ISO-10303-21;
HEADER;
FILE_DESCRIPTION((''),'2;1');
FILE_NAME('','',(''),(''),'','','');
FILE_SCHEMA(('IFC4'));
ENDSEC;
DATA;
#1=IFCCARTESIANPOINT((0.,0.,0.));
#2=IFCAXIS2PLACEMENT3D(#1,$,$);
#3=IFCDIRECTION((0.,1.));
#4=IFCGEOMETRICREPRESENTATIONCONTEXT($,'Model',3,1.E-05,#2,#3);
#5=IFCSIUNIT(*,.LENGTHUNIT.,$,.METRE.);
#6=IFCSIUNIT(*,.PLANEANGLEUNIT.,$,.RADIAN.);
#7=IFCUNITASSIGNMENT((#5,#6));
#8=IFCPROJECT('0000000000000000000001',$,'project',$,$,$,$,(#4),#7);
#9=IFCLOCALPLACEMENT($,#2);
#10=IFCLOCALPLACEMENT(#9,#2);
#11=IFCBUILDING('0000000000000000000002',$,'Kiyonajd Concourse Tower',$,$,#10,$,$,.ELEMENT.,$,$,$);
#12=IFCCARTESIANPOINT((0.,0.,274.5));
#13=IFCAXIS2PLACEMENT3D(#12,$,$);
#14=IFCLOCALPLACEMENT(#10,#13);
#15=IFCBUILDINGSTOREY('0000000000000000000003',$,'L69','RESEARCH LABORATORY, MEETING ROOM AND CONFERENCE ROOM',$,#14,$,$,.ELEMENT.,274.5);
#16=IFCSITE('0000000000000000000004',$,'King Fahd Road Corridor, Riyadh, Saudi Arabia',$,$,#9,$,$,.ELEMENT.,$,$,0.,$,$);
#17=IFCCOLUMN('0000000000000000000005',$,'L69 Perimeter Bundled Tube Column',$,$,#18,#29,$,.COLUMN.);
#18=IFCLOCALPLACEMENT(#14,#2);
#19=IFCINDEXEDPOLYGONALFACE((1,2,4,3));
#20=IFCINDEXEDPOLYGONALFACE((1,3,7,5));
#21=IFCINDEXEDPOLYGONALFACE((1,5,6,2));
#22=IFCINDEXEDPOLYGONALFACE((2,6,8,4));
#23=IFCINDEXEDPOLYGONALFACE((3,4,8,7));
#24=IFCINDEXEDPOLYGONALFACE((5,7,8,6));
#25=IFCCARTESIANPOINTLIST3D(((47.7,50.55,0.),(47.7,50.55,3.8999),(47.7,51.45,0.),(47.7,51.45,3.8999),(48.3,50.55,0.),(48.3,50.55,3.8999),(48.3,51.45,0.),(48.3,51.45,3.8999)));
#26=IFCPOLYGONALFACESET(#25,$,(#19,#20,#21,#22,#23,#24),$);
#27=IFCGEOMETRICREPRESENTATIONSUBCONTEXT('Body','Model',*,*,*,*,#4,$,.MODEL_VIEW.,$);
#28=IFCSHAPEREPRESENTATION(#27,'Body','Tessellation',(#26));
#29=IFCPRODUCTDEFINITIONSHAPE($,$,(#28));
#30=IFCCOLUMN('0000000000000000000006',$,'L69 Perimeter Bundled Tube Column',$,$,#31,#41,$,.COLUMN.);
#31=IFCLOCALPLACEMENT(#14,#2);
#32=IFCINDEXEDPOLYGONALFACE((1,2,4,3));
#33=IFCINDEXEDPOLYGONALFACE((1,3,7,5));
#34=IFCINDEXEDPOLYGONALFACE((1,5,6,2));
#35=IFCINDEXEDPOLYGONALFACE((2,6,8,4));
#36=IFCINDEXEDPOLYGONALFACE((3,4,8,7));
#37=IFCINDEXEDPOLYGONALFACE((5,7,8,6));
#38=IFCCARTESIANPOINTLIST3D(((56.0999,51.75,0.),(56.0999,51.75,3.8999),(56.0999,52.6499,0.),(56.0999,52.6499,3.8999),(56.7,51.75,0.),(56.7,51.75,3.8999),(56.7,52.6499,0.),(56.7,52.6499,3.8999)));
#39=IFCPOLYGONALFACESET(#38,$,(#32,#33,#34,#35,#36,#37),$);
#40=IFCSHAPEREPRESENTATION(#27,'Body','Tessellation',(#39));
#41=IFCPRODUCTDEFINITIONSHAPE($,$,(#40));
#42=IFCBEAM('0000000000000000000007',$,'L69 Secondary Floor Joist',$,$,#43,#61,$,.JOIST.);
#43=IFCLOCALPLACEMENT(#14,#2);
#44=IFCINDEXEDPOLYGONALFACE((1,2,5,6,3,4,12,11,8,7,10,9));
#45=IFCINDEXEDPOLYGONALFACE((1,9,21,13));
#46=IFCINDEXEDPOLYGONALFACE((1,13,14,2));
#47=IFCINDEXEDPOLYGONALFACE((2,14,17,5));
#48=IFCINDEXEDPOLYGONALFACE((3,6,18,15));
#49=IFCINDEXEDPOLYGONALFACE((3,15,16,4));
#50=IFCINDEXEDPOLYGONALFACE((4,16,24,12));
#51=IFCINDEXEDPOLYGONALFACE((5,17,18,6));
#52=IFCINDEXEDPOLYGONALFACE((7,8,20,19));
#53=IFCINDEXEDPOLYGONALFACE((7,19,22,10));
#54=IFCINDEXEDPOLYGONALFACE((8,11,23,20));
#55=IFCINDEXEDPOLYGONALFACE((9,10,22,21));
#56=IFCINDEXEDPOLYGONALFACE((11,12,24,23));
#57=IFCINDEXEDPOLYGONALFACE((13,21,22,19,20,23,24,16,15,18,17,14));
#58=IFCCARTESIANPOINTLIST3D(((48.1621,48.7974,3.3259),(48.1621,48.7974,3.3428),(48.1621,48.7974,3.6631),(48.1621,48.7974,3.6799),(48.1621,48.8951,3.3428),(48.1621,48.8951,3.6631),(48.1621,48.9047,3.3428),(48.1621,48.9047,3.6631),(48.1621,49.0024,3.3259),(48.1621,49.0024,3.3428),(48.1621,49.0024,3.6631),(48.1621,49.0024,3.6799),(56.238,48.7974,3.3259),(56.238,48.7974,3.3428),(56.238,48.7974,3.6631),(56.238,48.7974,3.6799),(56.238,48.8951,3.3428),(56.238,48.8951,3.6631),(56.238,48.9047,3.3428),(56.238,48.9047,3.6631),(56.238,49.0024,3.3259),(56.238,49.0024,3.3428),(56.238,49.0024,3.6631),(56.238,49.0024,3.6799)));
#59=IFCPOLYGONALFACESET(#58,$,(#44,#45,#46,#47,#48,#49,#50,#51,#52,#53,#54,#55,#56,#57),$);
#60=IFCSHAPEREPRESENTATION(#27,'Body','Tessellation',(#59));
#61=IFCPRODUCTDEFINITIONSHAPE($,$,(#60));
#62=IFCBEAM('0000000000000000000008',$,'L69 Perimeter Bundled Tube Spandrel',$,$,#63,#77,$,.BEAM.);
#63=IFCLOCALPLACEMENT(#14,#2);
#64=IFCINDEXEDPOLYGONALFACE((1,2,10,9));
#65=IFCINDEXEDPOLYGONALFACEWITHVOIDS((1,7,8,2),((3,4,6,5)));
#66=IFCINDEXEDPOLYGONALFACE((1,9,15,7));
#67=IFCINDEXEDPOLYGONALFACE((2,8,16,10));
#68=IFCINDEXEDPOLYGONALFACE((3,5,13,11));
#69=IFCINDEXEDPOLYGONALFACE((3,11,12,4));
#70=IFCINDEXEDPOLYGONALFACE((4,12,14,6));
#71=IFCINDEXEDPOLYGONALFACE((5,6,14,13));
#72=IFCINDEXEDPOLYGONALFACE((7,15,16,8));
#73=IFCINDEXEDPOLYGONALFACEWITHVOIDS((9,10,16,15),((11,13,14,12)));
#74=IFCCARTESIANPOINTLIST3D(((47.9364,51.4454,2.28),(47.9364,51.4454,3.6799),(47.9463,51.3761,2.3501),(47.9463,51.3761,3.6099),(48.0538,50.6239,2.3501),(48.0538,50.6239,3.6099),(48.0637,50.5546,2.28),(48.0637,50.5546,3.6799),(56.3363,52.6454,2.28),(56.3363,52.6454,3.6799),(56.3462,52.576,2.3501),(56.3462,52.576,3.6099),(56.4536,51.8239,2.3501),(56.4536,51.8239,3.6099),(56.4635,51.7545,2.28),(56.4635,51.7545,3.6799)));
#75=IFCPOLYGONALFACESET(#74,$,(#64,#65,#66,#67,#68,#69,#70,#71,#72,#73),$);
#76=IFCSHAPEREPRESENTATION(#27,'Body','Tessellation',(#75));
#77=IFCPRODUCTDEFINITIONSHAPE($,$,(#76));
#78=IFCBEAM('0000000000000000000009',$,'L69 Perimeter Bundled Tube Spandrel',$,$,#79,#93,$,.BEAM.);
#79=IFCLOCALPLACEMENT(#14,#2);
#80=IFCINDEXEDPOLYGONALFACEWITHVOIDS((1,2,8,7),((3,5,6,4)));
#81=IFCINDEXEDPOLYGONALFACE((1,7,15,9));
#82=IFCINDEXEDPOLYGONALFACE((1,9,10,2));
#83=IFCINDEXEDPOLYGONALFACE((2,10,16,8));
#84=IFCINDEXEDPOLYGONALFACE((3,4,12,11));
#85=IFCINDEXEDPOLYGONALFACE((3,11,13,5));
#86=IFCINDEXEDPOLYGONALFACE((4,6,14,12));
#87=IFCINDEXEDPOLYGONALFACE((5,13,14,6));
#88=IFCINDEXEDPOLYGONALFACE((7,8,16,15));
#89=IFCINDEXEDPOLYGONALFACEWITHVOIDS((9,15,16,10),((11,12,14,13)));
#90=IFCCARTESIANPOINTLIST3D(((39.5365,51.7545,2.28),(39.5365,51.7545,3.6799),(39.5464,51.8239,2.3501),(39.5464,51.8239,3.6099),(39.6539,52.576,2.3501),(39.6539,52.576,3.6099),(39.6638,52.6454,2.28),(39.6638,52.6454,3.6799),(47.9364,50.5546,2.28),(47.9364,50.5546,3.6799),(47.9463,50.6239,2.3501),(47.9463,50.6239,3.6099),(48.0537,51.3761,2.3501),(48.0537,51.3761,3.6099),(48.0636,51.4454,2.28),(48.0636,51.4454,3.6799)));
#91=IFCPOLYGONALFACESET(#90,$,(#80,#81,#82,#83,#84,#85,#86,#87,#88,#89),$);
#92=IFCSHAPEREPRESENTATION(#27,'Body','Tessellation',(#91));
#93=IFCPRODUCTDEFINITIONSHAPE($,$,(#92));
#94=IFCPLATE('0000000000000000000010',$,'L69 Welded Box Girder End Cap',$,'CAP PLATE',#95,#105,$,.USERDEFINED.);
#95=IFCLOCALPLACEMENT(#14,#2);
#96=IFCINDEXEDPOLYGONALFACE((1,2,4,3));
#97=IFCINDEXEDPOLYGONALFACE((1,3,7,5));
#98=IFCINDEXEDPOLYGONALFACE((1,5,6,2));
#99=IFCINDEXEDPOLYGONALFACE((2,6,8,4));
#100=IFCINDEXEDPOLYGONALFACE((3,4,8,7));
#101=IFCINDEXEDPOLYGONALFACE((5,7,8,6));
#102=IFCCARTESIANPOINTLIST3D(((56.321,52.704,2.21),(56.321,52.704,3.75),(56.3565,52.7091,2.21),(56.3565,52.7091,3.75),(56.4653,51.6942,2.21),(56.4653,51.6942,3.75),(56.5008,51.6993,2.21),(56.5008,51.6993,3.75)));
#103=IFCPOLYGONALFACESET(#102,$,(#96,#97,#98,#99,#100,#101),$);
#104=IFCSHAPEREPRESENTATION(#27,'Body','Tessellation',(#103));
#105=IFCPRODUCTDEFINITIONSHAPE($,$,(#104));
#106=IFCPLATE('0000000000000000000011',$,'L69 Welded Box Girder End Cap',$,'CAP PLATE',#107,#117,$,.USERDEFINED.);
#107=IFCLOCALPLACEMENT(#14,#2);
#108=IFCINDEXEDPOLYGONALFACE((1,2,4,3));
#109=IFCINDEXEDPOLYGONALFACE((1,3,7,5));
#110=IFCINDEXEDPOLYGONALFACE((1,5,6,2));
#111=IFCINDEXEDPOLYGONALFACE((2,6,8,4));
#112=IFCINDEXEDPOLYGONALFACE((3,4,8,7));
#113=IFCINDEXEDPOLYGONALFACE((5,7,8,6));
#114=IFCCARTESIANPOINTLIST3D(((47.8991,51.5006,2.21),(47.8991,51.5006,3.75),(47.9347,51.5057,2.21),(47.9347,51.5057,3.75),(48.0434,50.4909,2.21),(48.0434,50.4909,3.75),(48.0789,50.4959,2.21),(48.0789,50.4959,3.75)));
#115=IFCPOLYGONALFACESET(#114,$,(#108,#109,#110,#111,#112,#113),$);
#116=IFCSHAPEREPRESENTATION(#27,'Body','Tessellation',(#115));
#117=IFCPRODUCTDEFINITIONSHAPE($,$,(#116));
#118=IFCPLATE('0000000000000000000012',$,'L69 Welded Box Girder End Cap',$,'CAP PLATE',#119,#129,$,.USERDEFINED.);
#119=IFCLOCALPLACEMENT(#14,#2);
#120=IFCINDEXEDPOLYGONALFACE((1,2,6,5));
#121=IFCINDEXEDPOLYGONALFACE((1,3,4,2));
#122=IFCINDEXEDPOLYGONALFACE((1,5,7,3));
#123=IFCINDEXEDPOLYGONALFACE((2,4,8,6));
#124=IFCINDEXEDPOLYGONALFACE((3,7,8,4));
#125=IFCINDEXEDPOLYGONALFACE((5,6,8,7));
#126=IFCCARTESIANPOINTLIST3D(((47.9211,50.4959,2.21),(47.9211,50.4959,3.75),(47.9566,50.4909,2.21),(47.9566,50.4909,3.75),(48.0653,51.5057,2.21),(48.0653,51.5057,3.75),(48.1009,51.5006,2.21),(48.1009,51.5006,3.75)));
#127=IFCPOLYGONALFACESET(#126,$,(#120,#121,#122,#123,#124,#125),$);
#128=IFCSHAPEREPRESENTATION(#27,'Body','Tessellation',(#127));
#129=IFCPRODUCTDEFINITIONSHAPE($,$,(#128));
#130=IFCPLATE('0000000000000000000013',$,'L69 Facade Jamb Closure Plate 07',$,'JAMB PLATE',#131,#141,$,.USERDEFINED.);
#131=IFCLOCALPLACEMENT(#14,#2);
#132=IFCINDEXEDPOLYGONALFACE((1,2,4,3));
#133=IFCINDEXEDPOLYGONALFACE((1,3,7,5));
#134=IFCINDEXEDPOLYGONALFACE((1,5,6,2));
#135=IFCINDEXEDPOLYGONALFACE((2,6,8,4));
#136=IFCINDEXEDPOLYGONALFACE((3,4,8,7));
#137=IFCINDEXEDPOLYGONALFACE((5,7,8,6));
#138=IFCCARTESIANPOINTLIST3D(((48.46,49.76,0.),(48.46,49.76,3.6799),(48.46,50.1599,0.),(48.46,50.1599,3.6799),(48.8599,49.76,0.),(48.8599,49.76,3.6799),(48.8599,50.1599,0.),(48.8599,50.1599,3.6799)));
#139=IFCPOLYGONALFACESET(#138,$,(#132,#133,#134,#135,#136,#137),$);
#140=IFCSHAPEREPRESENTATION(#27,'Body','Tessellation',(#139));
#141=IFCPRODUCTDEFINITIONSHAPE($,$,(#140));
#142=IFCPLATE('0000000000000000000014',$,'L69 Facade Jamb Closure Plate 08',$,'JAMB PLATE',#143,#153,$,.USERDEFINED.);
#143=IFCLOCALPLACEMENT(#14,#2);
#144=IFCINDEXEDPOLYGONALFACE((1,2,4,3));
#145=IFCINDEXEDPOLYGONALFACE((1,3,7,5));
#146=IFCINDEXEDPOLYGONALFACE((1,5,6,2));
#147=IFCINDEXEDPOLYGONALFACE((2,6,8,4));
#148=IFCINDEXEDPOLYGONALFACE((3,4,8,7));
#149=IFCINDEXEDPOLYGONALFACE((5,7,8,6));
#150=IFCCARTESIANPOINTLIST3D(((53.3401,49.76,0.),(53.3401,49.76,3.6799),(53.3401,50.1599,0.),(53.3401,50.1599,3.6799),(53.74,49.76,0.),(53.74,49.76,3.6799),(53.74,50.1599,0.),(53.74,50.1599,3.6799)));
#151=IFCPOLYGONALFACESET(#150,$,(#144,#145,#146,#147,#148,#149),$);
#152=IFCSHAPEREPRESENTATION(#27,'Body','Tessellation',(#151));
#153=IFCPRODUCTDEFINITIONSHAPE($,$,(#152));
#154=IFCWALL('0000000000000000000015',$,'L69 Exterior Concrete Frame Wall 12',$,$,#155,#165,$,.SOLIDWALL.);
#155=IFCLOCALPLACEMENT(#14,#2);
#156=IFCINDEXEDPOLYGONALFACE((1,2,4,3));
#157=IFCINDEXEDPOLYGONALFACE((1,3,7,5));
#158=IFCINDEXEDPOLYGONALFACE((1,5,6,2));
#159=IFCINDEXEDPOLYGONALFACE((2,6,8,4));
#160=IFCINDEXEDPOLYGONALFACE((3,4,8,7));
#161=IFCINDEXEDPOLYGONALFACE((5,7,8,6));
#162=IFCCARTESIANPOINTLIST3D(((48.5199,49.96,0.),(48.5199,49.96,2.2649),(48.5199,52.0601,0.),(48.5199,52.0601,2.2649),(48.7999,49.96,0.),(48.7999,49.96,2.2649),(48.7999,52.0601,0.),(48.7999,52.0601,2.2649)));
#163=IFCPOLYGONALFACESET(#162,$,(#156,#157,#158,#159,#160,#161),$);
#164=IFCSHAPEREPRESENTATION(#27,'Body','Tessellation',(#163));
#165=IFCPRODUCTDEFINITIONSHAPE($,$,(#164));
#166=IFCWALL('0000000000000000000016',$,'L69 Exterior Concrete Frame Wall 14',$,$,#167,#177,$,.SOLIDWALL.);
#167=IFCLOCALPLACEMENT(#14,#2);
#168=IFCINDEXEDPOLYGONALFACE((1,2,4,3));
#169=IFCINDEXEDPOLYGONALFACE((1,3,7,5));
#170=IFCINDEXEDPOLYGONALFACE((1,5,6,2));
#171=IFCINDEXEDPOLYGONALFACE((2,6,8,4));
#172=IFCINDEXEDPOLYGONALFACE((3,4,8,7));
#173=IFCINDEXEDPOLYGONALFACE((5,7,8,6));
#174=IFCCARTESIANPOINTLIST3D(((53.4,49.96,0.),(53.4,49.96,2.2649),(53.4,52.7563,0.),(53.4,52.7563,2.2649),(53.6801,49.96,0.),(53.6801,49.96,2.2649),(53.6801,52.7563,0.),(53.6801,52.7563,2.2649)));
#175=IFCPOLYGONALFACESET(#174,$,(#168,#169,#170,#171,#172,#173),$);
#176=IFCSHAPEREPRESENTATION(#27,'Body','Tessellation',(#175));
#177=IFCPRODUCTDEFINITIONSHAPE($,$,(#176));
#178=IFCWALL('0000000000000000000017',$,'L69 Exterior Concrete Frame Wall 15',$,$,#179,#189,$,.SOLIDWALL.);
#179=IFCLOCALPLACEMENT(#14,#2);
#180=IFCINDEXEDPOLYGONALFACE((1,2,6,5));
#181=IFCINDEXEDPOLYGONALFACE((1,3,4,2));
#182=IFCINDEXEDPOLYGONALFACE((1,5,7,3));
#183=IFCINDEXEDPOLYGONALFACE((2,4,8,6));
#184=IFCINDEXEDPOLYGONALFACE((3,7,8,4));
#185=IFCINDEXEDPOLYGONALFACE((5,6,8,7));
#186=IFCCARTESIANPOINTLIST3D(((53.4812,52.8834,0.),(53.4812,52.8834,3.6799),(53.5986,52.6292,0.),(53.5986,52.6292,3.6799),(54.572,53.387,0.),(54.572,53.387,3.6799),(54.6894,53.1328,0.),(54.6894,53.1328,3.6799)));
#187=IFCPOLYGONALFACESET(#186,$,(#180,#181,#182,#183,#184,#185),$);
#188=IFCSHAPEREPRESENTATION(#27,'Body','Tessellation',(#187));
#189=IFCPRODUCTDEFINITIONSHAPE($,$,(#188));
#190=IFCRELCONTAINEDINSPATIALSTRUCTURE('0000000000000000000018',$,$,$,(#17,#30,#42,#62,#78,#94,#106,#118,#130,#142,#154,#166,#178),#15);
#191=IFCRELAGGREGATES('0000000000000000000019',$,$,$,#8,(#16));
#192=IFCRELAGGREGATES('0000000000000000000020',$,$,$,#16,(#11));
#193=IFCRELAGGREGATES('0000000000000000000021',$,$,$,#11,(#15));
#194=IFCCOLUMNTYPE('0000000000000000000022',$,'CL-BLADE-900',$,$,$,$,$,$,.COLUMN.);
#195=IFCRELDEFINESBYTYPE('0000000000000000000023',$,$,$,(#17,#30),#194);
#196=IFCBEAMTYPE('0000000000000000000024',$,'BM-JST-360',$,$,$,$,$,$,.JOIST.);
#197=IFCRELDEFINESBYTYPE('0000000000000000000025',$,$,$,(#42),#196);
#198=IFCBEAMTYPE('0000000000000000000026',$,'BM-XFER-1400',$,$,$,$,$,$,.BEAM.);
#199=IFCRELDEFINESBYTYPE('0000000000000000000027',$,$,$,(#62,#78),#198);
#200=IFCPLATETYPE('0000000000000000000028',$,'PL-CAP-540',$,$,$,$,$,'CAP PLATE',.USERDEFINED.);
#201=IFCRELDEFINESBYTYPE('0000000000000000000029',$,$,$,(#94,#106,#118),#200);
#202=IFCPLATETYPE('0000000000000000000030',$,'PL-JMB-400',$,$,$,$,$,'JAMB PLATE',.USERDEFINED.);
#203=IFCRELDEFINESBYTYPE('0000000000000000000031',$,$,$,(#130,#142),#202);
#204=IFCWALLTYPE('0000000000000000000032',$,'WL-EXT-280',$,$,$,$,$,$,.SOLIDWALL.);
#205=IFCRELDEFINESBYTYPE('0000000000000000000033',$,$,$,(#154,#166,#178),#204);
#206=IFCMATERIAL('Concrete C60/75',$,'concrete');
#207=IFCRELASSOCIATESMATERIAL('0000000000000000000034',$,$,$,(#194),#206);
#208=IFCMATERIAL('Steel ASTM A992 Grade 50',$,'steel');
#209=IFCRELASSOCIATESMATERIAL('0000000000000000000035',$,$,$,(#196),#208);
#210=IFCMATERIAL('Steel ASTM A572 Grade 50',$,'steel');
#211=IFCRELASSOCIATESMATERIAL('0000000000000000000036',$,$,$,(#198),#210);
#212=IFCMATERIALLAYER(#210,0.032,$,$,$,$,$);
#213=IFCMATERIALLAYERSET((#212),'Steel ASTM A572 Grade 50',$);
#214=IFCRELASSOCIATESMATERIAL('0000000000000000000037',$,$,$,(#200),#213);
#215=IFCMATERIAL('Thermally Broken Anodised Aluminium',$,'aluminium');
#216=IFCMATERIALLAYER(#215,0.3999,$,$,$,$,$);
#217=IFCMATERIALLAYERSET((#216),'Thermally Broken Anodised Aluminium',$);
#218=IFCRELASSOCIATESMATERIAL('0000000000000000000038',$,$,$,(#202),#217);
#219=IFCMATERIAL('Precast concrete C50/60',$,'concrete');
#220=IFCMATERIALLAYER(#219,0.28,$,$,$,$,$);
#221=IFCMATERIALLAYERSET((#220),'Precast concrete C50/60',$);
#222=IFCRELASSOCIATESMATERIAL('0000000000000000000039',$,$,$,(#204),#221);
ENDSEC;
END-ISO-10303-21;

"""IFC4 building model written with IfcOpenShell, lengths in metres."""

from ifc_helpers import new_model, si_unit, direction, frame, frame_2d, origin, origin_2d, place, context, subcontext, project, spatial, rectangle, hollow_rectangle, i_section, extrude, material, layer, layer_set, material_profile, profile_set, type_object, element, save


model = new_model("IFC4")

# Units and contexts
model_context = context("Model", 3, precision=1e-05, world=origin(), true_north=direction((0.0, 1.0)))
body_context = subcontext(model_context, "Body", "Model", "MODEL_VIEW")
ifc_project = project(units=[si_unit("LENGTHUNIT", "METRE"), si_unit("PLANEANGLEUNIT", "RADIAN")], contexts=[model_context])

# Site, building, storey
site_placement = place(None, origin())
site = spatial("IfcSite", under=ifc_project, at=site_placement, Name="King Fahd Road Corridor, Riyadh, Saudi Arabia", CompositionType="ELEMENT", RefElevation=0.0)
building_placement = place(site_placement, origin())
building = spatial("IfcBuilding", under=site, at=building_placement, Name="Kiyonajd Concourse Tower", CompositionType="ELEMENT")
storey_placement = place(building_placement, frame((0.0, 0.0, 274.5)))
storey = spatial("IfcBuildingStorey", under=building, at=storey_placement, Name="L69", Description="RESEARCH LABORATORY, MEETING ROOM AND CONFERENCE ROOM", CompositionType="ELEMENT", Elevation=274.5)

# Columns
ifc_material_1 = material(Name="Concrete C60/75", Category="concrete")
ifc_material_profile_1 = material_profile(ifc_material_1, rectangle(XDim=0.6001, YDim=0.8999, at=origin_2d()), Name="RC-900x600")
ifc_profile_set_1 = profile_set([ifc_material_profile_1], Name="Concrete C60/75")
column_type = type_object("IfcColumnType", Name="CL-BLADE-900", PredefinedType="COLUMN", material=ifc_profile_set_1)
for number, where, z_axis, x_axis, name in (
    (1, (48.0, 51.0, 0.0), (0.0, 0.0, 1.0), (1.0, 0.0, 0.0), "L69 Perimeter Bundled Tube Column"),
    (2, (56.3999, 52.2, 0.0), (0.0, 0.0, 1.0), (1.0, 0.0, 0.0), "L69 Perimeter Bundled Tube Column"),
):
    element("IfcColumn", number, at=place(storey_placement, frame(where, z_axis=z_axis, x_axis=x_axis)), inside=storey, type_object=column_type, Name=name, PredefinedType="COLUMN", context=body_context, shape_type="SweptSolid", body=[
        extrude(rectangle(XDim=0.6001, YDim=0.8999, at=origin_2d()), origin(), (0.0, 0.0, 1.0), 3.8999),
    ])

# Beams
ifc_material_2 = material(Name="Steel ASTM A992 Grade 50", Category="steel")
ifc_material_profile_2 = material_profile(ifc_material_2, i_section(OverallWidth=0.2051, OverallDepth=0.354, WebThickness=0.0095, FlangeThickness=0.0168, at=origin_2d()), Name="W360X79")
ifc_profile_set_2 = profile_set([ifc_material_profile_2], Name="Steel ASTM A992 Grade 50")
beam_type_1 = type_object("IfcBeamType", Name="BM-JST-360", PredefinedType="JOIST", material=ifc_profile_set_2)
beam_placement = place(storey_placement, frame((48.1621, 48.8999, 3.5029), z_axis=(1.0, 0.0, 0.0), x_axis=(0.0, 1.0, 0.0)))
element("IfcBeam", 3, at=beam_placement, inside=storey, type_object=beam_type_1, Name="L69 Secondary Floor Joist", PredefinedType="JOIST", context=body_context, shape_type="SweptSolid", body=[
    extrude(i_section(OverallWidth=0.2051, OverallDepth=0.354, WebThickness=0.0095, FlangeThickness=0.0168, at=origin_2d()), origin(), (0.0, 0.0, 1.0), 8.0759),
])
ifc_material_3 = material(Name="Steel ASTM A572 Grade 50", Category="steel")
ifc_material_profile_3 = material_profile(ifc_material_3, hollow_rectangle(XDim=0.8999, YDim=1.3999, WallThickness=0.0701, at=origin_2d()), Name="BOX-1400x900x70")
ifc_profile_set_3 = profile_set([ifc_material_profile_3], Name="Steel ASTM A572 Grade 50")
beam_type_2 = type_object("IfcBeamType", Name="BM-XFER-1400", PredefinedType="BEAM", material=ifc_profile_set_3)
for number, where, z_axis, x_axis, name in (
    (4, (56.3999, 52.2, 2.98), (-0.98995, -0.141417, 0.0), (0.141417, -0.98995, 0.0), "L69 Perimeter Bundled Tube Spandrel"),
    (5, (48.0, 51.0, 2.98), (-0.98995, 0.141417, 0.0), (-0.141417, -0.98995, 0.0), "L69 Perimeter Bundled Tube Spandrel"),
):
    element("IfcBeam", number, at=place(storey_placement, frame(where, z_axis=z_axis, x_axis=x_axis)), inside=storey, type_object=beam_type_2, Name=name, PredefinedType="BEAM", context=body_context, shape_type="SweptSolid", body=[
        extrude(hollow_rectangle(XDim=0.8999, YDim=1.3999, WallThickness=0.0701, at=origin_2d()), origin(), (0.0, 0.0, 1.0), 8.4851),
    ])

# Plates
ifc_layer_1 = layer(ifc_material_3, 0.032)
ifc_layer_set_1 = layer_set([ifc_layer_1], Name="Steel ASTM A572 Grade 50")
plate_type_1 = type_object("IfcPlateType", Name="PL-CAP-540", ElementType="CAP PLATE", PredefinedType="USERDEFINED", material=ifc_layer_set_1)
for number, where, z_axis, x_axis, name in (
    (6, (56.4109, 52.2017, 2.21), (0.0, 0.0, 1.0), (0.98995, 0.14142, 0.0), "L69 Welded Box Girder End Cap"),
    (7, (47.989, 50.9983, 2.21), (0.0, 0.0, 1.0), (-0.98995, -0.14142, 0.0), "L69 Welded Box Girder End Cap"),
    (8, (48.011, 50.9983, 2.21), (0.0, 0.0, 1.0), (0.98995, -0.14142, 0.0), "L69 Welded Box Girder End Cap"),
):
    element("IfcPlate", number, at=place(storey_placement, frame(where, z_axis=z_axis, x_axis=x_axis)), inside=storey, type_object=plate_type_1, Name=name, ObjectType="CAP PLATE", PredefinedType="USERDEFINED", context=body_context, shape_type="SweptSolid", body=[
        extrude(rectangle(XDim=0.0359, YDim=1.02, at=origin_2d()), origin(), (0.0, 0.0, 1.0), 1.54),
    ])
ifc_material_4 = material(Name="Thermally Broken Anodised Aluminium", Category="aluminium")
ifc_layer_2 = layer(ifc_material_4, 0.3999)
ifc_layer_set_2 = layer_set([ifc_layer_2], Name="Thermally Broken Anodised Aluminium")
plate_type_2 = type_object("IfcPlateType", Name="PL-JMB-400", ElementType="JAMB PLATE", PredefinedType="USERDEFINED", material=ifc_layer_set_2)
for number, where, z_axis, x_axis, name in (
    (9, (48.6599, 49.96, 0.0), (0.0, 0.0, 1.0), (1.0, 0.0, 0.0), "L69 Facade Jamb Closure Plate 07"),
    (10, (53.54, 49.96, 0.0), (0.0, 0.0, 1.0), (1.0, 0.0, 0.0), "L69 Facade Jamb Closure Plate 08"),
):
    element("IfcPlate", number, at=place(storey_placement, frame(where, z_axis=z_axis, x_axis=x_axis)), inside=storey, type_object=plate_type_2, Name=name, ObjectType="JAMB PLATE", PredefinedType="USERDEFINED", context=body_context, shape_type="SweptSolid", body=[
        extrude(rectangle(XDim=0.3999, YDim=0.3999, at=origin_2d()), origin(), (0.0, 0.0, 1.0), 3.6799),
    ])

# Walls
ifc_material_5 = material(Name="Precast concrete C50/60", Category="concrete")
ifc_layer_3 = layer(ifc_material_5, 0.28)
ifc_layer_set_3 = layer_set([ifc_layer_3], Name="Precast concrete C50/60")
wall_type_1 = type_object("IfcWallType", Name="WL-EXT-280", PredefinedType="SOLIDWALL", material=ifc_layer_set_3)
wall_1_placement = place(storey_placement, frame((48.6599, 52.0601, 0.0), z_axis=(0.0, 0.0, 1.0), x_axis=(0.0, -1.0, 0.0)))
element("IfcWall", 11, at=wall_1_placement, inside=storey, type_object=wall_type_1, Name="L69 Exterior Concrete Frame Wall 12", PredefinedType="SOLIDWALL", context=body_context, shape_type="SweptSolid", body=[
    extrude(rectangle(XDim=2.1001, YDim=0.28, at=frame_2d((1.05, 0.0))), origin(), (0.0, 0.0, 1.0), 2.2649),
])
wall_2_placement = place(storey_placement, frame((53.54, 49.96, 0.0), z_axis=(0.0, 0.0, 1.0), x_axis=(0.0, 1.0, 0.0)))
element("IfcWall", 12, at=wall_2_placement, inside=storey, type_object=wall_type_1, Name="L69 Exterior Concrete Frame Wall 14", PredefinedType="SOLIDWALL", context=body_context, shape_type="SweptSolid", body=[
    extrude(rectangle(XDim=2.7964, YDim=0.28, at=frame_2d((1.3982, 0.0))), origin(), (0.0, 0.0, 1.0), 2.2649),
])
wall_3_placement = place(storey_placement, frame((53.54, 52.7563, 0.0), z_axis=(0.0, 0.0, 1.0), x_axis=(0.907894, 0.4192, 0.0)))
element("IfcWall", 13, at=wall_3_placement, inside=storey, type_object=wall_type_1, Name="L69 Exterior Concrete Frame Wall 15", PredefinedType="SOLIDWALL", context=body_context, shape_type="SweptSolid", body=[
    extrude(rectangle(XDim=1.2014, YDim=0.28, at=frame_2d((0.6006, 0.0))), origin(), (0.0, 0.0, 1.0), 3.6799),
])

save(model, "model.ifc")
